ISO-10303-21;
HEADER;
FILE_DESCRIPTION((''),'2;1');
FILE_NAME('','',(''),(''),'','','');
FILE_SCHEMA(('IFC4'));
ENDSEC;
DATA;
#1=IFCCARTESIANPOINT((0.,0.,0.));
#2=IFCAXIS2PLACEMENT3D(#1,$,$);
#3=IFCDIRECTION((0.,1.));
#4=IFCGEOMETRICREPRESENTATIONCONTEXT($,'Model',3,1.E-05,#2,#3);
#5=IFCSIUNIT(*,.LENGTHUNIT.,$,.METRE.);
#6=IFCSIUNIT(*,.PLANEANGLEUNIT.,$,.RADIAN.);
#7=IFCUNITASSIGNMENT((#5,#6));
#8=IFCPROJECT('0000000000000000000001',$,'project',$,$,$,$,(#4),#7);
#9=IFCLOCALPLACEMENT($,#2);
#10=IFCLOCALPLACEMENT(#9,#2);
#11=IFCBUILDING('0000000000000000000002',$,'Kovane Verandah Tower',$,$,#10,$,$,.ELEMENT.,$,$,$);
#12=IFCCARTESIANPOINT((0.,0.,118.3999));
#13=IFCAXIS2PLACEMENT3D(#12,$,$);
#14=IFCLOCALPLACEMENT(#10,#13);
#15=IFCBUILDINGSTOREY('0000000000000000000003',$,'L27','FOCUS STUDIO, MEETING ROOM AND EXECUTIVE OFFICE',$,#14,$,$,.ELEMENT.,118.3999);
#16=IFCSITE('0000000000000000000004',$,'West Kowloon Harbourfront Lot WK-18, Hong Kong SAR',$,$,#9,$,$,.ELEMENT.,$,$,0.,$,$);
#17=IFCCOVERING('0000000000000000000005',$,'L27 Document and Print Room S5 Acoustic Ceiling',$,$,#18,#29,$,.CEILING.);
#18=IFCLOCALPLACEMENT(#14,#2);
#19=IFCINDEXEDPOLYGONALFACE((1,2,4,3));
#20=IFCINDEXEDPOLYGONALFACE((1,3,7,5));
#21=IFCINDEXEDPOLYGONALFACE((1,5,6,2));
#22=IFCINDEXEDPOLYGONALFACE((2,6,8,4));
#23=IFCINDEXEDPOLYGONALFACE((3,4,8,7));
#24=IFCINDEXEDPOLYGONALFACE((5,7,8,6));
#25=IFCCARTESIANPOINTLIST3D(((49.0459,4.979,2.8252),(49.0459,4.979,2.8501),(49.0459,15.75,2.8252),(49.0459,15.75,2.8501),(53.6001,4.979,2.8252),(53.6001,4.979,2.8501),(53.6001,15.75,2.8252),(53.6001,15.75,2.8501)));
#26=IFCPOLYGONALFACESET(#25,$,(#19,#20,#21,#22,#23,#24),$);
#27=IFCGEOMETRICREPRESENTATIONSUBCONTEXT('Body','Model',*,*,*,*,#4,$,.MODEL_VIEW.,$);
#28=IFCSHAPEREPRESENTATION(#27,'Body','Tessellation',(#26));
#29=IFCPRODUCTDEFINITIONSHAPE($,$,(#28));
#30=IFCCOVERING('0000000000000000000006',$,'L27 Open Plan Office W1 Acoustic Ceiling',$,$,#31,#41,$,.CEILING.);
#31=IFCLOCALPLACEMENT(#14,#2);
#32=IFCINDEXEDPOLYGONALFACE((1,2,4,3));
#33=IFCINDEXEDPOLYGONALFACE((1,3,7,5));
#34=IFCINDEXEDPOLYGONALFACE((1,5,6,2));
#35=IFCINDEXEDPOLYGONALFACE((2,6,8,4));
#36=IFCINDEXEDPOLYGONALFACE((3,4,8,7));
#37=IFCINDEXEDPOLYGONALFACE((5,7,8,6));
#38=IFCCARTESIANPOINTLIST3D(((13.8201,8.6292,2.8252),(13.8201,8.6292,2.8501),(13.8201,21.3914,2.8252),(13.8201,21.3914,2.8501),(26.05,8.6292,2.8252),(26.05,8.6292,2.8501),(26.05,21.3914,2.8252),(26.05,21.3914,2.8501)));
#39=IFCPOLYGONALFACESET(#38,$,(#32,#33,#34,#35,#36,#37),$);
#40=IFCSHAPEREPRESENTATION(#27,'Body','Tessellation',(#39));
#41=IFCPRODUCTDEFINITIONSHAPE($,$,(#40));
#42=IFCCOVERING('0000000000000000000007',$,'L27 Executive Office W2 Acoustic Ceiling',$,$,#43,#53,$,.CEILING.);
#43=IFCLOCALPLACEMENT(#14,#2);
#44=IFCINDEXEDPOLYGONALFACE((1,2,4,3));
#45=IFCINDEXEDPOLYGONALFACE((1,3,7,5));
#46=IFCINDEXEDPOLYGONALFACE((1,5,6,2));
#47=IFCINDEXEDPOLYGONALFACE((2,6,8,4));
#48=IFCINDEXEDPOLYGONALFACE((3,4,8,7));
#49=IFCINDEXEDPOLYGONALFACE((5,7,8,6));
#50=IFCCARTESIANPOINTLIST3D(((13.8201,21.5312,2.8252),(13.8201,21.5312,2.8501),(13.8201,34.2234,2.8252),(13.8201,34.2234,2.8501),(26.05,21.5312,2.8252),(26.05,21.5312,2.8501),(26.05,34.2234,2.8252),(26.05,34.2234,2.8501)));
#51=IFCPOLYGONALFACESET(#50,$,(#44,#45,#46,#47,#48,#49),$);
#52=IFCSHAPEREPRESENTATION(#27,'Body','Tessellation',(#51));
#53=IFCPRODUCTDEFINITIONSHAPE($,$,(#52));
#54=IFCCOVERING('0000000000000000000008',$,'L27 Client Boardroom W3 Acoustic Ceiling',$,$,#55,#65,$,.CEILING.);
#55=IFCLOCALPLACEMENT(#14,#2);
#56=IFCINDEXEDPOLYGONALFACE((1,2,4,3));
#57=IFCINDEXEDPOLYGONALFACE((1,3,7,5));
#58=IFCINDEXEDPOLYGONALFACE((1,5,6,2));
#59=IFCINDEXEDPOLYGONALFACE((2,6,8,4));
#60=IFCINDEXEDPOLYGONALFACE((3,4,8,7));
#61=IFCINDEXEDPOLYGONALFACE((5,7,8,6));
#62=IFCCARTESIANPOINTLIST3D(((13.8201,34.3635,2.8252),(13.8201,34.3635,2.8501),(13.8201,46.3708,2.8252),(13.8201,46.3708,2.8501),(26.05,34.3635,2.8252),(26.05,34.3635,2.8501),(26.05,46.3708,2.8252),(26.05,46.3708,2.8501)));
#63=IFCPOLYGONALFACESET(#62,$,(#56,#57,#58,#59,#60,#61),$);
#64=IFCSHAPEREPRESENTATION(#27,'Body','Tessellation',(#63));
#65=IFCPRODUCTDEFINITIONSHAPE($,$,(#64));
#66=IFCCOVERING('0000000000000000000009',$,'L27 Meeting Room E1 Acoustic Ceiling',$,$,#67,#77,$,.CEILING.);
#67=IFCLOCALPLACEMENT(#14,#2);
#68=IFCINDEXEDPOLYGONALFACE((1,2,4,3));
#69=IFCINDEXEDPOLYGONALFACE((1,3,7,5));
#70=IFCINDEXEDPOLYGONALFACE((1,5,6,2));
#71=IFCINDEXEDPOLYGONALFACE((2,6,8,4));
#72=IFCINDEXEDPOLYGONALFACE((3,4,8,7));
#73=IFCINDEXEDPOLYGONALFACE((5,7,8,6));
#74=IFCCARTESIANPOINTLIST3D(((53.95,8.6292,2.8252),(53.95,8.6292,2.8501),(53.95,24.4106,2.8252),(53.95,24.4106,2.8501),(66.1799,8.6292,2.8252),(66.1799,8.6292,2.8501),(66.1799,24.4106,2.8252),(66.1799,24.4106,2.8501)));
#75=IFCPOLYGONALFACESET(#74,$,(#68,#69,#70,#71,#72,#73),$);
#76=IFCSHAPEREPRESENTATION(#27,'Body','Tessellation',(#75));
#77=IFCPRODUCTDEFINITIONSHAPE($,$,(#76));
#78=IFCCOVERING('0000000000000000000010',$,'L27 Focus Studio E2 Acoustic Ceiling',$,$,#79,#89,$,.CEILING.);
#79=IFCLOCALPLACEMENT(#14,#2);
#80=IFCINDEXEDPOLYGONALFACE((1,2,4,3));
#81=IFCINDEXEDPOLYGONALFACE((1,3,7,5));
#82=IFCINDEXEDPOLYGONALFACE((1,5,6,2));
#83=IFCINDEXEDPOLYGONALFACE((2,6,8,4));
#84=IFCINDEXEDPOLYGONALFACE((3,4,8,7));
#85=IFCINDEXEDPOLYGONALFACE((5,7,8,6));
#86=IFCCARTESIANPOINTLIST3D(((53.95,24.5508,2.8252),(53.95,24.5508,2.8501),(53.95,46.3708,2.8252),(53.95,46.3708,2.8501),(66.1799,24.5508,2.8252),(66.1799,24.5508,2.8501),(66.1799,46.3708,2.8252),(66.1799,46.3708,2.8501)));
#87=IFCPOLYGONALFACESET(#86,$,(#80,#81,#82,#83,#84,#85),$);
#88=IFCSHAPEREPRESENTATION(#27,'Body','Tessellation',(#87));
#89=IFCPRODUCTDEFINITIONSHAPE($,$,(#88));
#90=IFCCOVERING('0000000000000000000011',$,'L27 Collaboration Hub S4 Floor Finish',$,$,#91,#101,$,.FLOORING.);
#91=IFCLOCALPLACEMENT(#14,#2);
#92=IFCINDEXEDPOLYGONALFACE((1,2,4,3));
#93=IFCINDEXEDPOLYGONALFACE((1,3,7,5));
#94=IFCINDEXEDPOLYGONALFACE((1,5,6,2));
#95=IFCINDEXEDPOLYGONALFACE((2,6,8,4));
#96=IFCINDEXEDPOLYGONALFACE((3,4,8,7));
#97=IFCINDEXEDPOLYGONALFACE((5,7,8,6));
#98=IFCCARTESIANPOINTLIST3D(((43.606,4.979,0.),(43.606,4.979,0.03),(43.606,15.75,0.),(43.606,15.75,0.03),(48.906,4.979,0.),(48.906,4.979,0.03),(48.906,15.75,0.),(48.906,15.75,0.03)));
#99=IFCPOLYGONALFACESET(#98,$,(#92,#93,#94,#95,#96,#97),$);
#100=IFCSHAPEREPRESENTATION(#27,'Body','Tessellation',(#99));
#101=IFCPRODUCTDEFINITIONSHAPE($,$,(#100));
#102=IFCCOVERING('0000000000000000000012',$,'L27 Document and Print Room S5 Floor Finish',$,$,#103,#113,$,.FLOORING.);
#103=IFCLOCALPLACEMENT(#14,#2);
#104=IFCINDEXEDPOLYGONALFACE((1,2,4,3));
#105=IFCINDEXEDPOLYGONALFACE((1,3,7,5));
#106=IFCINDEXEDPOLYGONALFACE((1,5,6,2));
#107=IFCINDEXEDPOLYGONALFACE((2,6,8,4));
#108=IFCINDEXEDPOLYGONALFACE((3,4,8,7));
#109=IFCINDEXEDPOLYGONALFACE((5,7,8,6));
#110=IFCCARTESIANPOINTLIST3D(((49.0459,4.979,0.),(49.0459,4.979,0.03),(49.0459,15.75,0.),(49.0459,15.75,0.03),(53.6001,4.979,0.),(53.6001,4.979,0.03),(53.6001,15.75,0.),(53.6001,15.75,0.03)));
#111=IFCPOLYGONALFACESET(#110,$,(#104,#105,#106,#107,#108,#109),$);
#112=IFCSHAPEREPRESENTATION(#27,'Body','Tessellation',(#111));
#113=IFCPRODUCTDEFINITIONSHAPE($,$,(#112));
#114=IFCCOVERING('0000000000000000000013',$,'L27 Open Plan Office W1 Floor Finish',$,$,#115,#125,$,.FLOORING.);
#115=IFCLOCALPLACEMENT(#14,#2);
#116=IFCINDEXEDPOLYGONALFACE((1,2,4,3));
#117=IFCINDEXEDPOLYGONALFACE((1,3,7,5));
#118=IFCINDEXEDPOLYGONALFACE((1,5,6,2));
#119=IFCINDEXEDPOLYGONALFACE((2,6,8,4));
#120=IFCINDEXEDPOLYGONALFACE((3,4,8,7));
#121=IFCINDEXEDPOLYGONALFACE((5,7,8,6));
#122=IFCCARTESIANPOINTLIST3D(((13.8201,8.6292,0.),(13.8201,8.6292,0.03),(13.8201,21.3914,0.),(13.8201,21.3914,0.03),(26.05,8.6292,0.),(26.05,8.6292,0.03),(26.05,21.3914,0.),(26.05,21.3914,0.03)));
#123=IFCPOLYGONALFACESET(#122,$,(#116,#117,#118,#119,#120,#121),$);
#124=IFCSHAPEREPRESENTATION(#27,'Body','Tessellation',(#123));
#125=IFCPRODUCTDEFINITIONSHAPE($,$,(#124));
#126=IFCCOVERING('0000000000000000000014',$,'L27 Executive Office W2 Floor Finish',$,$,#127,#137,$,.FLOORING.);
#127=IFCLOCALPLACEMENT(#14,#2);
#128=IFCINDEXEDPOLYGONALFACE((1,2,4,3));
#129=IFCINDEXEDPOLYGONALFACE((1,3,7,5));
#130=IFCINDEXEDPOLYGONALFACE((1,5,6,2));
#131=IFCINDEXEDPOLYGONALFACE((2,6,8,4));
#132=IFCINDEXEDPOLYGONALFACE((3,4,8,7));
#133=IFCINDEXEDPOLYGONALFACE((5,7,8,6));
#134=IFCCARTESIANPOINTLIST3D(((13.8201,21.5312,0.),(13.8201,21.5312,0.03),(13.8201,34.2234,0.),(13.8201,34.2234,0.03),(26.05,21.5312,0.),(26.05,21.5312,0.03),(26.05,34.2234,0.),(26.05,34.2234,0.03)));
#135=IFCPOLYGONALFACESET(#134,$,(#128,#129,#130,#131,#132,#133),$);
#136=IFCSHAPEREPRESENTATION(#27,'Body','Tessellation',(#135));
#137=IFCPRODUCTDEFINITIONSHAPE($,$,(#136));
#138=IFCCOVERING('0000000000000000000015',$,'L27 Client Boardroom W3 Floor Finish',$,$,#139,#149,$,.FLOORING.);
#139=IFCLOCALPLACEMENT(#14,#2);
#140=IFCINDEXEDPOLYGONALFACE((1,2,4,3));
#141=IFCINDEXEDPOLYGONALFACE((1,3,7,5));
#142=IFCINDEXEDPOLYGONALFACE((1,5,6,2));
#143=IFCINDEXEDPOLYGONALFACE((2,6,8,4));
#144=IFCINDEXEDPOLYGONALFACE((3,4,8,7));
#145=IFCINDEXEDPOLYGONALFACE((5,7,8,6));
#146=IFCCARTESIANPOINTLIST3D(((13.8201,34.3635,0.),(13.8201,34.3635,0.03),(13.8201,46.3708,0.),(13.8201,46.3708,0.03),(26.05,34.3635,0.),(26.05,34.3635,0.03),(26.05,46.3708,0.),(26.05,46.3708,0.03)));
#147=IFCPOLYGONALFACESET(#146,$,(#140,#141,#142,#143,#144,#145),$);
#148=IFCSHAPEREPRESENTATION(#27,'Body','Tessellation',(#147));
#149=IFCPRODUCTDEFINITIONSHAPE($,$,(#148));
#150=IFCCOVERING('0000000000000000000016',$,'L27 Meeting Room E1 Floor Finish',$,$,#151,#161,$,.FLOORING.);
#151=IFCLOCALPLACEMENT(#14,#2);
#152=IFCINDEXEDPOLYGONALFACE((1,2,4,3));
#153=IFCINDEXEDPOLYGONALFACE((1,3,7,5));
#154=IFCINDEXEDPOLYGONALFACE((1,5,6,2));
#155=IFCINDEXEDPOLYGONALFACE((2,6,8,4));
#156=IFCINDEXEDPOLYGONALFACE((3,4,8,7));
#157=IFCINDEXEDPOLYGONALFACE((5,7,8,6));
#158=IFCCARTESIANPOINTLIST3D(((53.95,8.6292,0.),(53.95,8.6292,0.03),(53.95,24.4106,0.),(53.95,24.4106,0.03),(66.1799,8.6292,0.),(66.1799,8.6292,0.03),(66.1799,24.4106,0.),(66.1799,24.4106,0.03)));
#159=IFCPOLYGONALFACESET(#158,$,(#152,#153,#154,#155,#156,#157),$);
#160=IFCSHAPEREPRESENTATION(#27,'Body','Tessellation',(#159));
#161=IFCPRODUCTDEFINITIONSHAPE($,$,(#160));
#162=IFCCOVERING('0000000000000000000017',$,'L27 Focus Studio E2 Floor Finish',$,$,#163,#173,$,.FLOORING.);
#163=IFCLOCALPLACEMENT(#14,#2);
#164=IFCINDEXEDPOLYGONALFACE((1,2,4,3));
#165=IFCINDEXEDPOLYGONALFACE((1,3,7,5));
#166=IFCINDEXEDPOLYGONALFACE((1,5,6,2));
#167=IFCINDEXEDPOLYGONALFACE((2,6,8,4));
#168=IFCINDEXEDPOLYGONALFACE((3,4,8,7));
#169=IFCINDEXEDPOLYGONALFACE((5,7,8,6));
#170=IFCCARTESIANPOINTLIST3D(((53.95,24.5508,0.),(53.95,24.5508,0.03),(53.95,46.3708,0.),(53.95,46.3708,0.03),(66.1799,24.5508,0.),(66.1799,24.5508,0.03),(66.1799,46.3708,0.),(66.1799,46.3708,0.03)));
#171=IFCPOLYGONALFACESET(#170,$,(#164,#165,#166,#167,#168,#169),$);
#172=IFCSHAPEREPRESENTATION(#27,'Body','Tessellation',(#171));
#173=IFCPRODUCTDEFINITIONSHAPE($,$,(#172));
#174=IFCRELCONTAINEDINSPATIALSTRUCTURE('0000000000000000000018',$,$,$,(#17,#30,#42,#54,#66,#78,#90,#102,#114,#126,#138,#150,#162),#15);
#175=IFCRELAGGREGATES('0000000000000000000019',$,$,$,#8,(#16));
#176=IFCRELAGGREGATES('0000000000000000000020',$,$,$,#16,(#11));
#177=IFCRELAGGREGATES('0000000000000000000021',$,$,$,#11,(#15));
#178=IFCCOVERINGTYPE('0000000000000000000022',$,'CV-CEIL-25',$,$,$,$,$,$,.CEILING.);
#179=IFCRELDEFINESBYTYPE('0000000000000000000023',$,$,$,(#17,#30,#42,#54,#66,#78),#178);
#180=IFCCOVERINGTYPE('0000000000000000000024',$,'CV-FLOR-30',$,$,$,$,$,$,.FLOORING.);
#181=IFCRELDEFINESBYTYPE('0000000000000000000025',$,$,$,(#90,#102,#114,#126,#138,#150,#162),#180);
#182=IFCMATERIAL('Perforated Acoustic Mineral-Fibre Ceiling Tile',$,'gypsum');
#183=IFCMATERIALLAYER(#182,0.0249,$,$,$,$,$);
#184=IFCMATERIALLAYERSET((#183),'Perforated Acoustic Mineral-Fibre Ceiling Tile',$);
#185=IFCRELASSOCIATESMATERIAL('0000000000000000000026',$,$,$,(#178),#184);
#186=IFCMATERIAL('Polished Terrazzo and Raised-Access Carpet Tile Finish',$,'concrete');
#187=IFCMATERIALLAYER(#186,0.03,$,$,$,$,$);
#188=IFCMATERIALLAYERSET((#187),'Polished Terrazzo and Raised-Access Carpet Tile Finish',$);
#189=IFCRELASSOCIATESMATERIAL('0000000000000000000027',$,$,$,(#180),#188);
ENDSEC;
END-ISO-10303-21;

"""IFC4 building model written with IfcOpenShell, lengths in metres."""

from ifc_helpers import new_model, si_unit, direction, frame, origin, place, context, subcontext, project, spatial, polyline, outline, extrude, material, layer, layer_set, type_object, element, save


model = new_model("IFC4")

# Units and contexts
model_context = context("Model", 3, precision=1e-05, world=origin(), true_north=direction((0.0, 1.0)))
body_context = subcontext(model_context, "Body", "Model", "MODEL_VIEW")
ifc_project = project(units=[si_unit("LENGTHUNIT", "METRE"), si_unit("PLANEANGLEUNIT", "RADIAN")], contexts=[model_context])

# Site, building, storey
site_placement = place(None, origin())
site = spatial("IfcSite", under=ifc_project, at=site_placement, Name="West Kowloon Harbourfront Lot WK-18, Hong Kong SAR", CompositionType="ELEMENT", RefElevation=0.0)
building_placement = place(site_placement, origin())
building = spatial("IfcBuilding", under=site, at=building_placement, Name="Kovane Verandah Tower", CompositionType="ELEMENT")
storey_placement = place(building_placement, frame((0.0, 0.0, 118.3999)))
storey = spatial("IfcBuildingStorey", under=building, at=storey_placement, Name="L27", Description="FOCUS STUDIO, MEETING ROOM AND EXECUTIVE OFFICE", CompositionType="ELEMENT", Elevation=118.3999)

# Coverings
ifc_material_1 = material(Name="Perforated Acoustic Mineral-Fibre Ceiling Tile", Category="gypsum")
ifc_layer_1 = layer(ifc_material_1, 0.0249)
ifc_layer_set_1 = layer_set([ifc_layer_1], Name="Perforated Acoustic Mineral-Fibre Ceiling Tile")
covering_type_1 = type_object("IfcCoveringType", Name="CV-CEIL-25", PredefinedType="CEILING", material=ifc_layer_set_1)
covering_1_placement = place(storey_placement, frame((0.0, 0.0, 2.8252)))
element("IfcCovering", 1, at=covering_1_placement, inside=storey, type_object=covering_type_1, Name="L27 Document and Print Room S5 Acoustic Ceiling", PredefinedType="CEILING", context=body_context, shape_type="SweptSolid", body=[
    extrude(outline(polyline([(49.0459, 4.979), (53.6001, 4.979), (53.6001, 15.75), (49.0459, 15.75), (49.0459, 4.979)])), origin(), (0.0, 0.0, 1.0), 0.0249),
])
covering_2_placement = place(storey_placement, frame((0.0, 0.0, 2.8252)))
element("IfcCovering", 2, at=covering_2_placement, inside=storey, type_object=covering_type_1, Name="L27 Open Plan Office W1 Acoustic Ceiling", PredefinedType="CEILING", context=body_context, shape_type="SweptSolid", body=[
    extrude(outline(polyline([(13.8201, 8.6292), (26.05, 8.6292), (26.05, 21.3914), (13.8201, 21.3914), (13.8201, 8.6292)])), origin(), (0.0, 0.0, 1.0), 0.0249),
])
covering_3_placement = place(storey_placement, frame((0.0, 0.0, 2.8252)))
element("IfcCovering", 3, at=covering_3_placement, inside=storey, type_object=covering_type_1, Name="L27 Executive Office W2 Acoustic Ceiling", PredefinedType="CEILING", context=body_context, shape_type="SweptSolid", body=[
    extrude(outline(polyline([(13.8201, 21.5312), (26.05, 21.5312), (26.05, 34.2234), (13.8201, 34.2234), (13.8201, 21.5312)])), origin(), (0.0, 0.0, 1.0), 0.0249),
])
covering_4_placement = place(storey_placement, frame((0.0, 0.0, 2.8252)))
element("IfcCovering", 4, at=covering_4_placement, inside=storey, type_object=covering_type_1, Name="L27 Client Boardroom W3 Acoustic Ceiling", PredefinedType="CEILING", context=body_context, shape_type="SweptSolid", body=[
    extrude(outline(polyline([(13.8201, 34.3635), (26.05, 34.3635), (26.05, 46.3708), (13.8201, 46.3708), (13.8201, 34.3635)])), origin(), (0.0, 0.0, 1.0), 0.0249),
])
covering_5_placement = place(storey_placement, frame((0.0, 0.0, 2.8252)))
element("IfcCovering", 5, at=covering_5_placement, inside=storey, type_object=covering_type_1, Name="L27 Meeting Room E1 Acoustic Ceiling", PredefinedType="CEILING", context=body_context, shape_type="SweptSolid", body=[
    extrude(outline(polyline([(53.95, 8.6292), (66.1799, 8.6292), (66.1799, 24.4106), (53.95, 24.4106), (53.95, 8.6292)])), origin(), (0.0, 0.0, 1.0), 0.0249),
])
covering_6_placement = place(storey_placement, frame((0.0, 0.0, 2.8252)))
element("IfcCovering", 6, at=covering_6_placement, inside=storey, type_object=covering_type_1, Name="L27 Focus Studio E2 Acoustic Ceiling", PredefinedType="CEILING", context=body_context, shape_type="SweptSolid", body=[
    extrude(outline(polyline([(53.95, 24.5508), (66.1799, 24.5508), (66.1799, 46.3708), (53.95, 46.3708), (53.95, 24.5508)])), origin(), (0.0, 0.0, 1.0), 0.0249),
])
ifc_material_2 = material(Name="Polished Terrazzo and Raised-Access Carpet Tile Finish", Category="concrete")
ifc_layer_2 = layer(ifc_material_2, 0.03)
ifc_layer_set_2 = layer_set([ifc_layer_2], Name="Polished Terrazzo and Raised-Access Carpet Tile Finish")
covering_type_2 = type_object("IfcCoveringType", Name="CV-FLOR-30", PredefinedType="FLOORING", material=ifc_layer_set_2)
covering_7_placement = place(storey_placement, origin())
element("IfcCovering", 7, at=covering_7_placement, inside=storey, type_object=covering_type_2, Name="L27 Collaboration Hub S4 Floor Finish", PredefinedType="FLOORING", context=body_context, shape_type="SweptSolid", body=[
    extrude(outline(polyline([(43.606, 4.979), (48.906, 4.979), (48.906, 15.75), (43.606, 15.75), (43.606, 4.979)])), origin(), (0.0, 0.0, 1.0), 0.03),
])
covering_8_placement = place(storey_placement, origin())
element("IfcCovering", 8, at=covering_8_placement, inside=storey, type_object=covering_type_2, Name="L27 Document and Print Room S5 Floor Finish", PredefinedType="FLOORING", context=body_context, shape_type="SweptSolid", body=[
    extrude(outline(polyline([(49.0459, 4.979), (53.6001, 4.979), (53.6001, 15.75), (49.0459, 15.75), (49.0459, 4.979)])), origin(), (0.0, 0.0, 1.0), 0.03),
])
covering_9_placement = place(storey_placement, origin())
element("IfcCovering", 9, at=covering_9_placement, inside=storey, type_object=covering_type_2, Name="L27 Open Plan Office W1 Floor Finish", PredefinedType="FLOORING", context=body_context, shape_type="SweptSolid", body=[
    extrude(outline(polyline([(13.8201, 8.6292), (26.05, 8.6292), (26.05, 21.3914), (13.8201, 21.3914), (13.8201, 8.6292)])), origin(), (0.0, 0.0, 1.0), 0.03),
])
covering_10_placement = place(storey_placement, origin())
element("IfcCovering", 10, at=covering_10_placement, inside=storey, type_object=covering_type_2, Name="L27 Executive Office W2 Floor Finish", PredefinedType="FLOORING", context=body_context, shape_type="SweptSolid", body=[
    extrude(outline(polyline([(13.8201, 21.5312), (26.05, 21.5312), (26.05, 34.2234), (13.8201, 34.2234), (13.8201, 21.5312)])), origin(), (0.0, 0.0, 1.0), 0.03),
])
covering_11_placement = place(storey_placement, origin())
element("IfcCovering", 11, at=covering_11_placement, inside=storey, type_object=covering_type_2, Name="L27 Client Boardroom W3 Floor Finish", PredefinedType="FLOORING", context=body_context, shape_type="SweptSolid", body=[
    extrude(outline(polyline([(13.8201, 34.3635), (26.05, 34.3635), (26.05, 46.3708), (13.8201, 46.3708), (13.8201, 34.3635)])), origin(), (0.0, 0.0, 1.0), 0.03),
])
covering_12_placement = place(storey_placement, origin())
element("IfcCovering", 12, at=covering_12_placement, inside=storey, type_object=covering_type_2, Name="L27 Meeting Room E1 Floor Finish", PredefinedType="FLOORING", context=body_context, shape_type="SweptSolid", body=[
    extrude(outline(polyline([(53.95, 8.6292), (66.1799, 8.6292), (66.1799, 24.4106), (53.95, 24.4106), (53.95, 8.6292)])), origin(), (0.0, 0.0, 1.0), 0.03),
])
covering_13_placement = place(storey_placement, origin())
element("IfcCovering", 13, at=covering_13_placement, inside=storey, type_object=covering_type_2, Name="L27 Focus Studio E2 Floor Finish", PredefinedType="FLOORING", context=body_context, shape_type="SweptSolid", body=[
    extrude(outline(polyline([(53.95, 24.5508), (66.1799, 24.5508), (66.1799, 46.3708), (53.95, 46.3708), (53.95, 24.5508)])), origin(), (0.0, 0.0, 1.0), 0.03),
])

save(model, "model.ifc")
